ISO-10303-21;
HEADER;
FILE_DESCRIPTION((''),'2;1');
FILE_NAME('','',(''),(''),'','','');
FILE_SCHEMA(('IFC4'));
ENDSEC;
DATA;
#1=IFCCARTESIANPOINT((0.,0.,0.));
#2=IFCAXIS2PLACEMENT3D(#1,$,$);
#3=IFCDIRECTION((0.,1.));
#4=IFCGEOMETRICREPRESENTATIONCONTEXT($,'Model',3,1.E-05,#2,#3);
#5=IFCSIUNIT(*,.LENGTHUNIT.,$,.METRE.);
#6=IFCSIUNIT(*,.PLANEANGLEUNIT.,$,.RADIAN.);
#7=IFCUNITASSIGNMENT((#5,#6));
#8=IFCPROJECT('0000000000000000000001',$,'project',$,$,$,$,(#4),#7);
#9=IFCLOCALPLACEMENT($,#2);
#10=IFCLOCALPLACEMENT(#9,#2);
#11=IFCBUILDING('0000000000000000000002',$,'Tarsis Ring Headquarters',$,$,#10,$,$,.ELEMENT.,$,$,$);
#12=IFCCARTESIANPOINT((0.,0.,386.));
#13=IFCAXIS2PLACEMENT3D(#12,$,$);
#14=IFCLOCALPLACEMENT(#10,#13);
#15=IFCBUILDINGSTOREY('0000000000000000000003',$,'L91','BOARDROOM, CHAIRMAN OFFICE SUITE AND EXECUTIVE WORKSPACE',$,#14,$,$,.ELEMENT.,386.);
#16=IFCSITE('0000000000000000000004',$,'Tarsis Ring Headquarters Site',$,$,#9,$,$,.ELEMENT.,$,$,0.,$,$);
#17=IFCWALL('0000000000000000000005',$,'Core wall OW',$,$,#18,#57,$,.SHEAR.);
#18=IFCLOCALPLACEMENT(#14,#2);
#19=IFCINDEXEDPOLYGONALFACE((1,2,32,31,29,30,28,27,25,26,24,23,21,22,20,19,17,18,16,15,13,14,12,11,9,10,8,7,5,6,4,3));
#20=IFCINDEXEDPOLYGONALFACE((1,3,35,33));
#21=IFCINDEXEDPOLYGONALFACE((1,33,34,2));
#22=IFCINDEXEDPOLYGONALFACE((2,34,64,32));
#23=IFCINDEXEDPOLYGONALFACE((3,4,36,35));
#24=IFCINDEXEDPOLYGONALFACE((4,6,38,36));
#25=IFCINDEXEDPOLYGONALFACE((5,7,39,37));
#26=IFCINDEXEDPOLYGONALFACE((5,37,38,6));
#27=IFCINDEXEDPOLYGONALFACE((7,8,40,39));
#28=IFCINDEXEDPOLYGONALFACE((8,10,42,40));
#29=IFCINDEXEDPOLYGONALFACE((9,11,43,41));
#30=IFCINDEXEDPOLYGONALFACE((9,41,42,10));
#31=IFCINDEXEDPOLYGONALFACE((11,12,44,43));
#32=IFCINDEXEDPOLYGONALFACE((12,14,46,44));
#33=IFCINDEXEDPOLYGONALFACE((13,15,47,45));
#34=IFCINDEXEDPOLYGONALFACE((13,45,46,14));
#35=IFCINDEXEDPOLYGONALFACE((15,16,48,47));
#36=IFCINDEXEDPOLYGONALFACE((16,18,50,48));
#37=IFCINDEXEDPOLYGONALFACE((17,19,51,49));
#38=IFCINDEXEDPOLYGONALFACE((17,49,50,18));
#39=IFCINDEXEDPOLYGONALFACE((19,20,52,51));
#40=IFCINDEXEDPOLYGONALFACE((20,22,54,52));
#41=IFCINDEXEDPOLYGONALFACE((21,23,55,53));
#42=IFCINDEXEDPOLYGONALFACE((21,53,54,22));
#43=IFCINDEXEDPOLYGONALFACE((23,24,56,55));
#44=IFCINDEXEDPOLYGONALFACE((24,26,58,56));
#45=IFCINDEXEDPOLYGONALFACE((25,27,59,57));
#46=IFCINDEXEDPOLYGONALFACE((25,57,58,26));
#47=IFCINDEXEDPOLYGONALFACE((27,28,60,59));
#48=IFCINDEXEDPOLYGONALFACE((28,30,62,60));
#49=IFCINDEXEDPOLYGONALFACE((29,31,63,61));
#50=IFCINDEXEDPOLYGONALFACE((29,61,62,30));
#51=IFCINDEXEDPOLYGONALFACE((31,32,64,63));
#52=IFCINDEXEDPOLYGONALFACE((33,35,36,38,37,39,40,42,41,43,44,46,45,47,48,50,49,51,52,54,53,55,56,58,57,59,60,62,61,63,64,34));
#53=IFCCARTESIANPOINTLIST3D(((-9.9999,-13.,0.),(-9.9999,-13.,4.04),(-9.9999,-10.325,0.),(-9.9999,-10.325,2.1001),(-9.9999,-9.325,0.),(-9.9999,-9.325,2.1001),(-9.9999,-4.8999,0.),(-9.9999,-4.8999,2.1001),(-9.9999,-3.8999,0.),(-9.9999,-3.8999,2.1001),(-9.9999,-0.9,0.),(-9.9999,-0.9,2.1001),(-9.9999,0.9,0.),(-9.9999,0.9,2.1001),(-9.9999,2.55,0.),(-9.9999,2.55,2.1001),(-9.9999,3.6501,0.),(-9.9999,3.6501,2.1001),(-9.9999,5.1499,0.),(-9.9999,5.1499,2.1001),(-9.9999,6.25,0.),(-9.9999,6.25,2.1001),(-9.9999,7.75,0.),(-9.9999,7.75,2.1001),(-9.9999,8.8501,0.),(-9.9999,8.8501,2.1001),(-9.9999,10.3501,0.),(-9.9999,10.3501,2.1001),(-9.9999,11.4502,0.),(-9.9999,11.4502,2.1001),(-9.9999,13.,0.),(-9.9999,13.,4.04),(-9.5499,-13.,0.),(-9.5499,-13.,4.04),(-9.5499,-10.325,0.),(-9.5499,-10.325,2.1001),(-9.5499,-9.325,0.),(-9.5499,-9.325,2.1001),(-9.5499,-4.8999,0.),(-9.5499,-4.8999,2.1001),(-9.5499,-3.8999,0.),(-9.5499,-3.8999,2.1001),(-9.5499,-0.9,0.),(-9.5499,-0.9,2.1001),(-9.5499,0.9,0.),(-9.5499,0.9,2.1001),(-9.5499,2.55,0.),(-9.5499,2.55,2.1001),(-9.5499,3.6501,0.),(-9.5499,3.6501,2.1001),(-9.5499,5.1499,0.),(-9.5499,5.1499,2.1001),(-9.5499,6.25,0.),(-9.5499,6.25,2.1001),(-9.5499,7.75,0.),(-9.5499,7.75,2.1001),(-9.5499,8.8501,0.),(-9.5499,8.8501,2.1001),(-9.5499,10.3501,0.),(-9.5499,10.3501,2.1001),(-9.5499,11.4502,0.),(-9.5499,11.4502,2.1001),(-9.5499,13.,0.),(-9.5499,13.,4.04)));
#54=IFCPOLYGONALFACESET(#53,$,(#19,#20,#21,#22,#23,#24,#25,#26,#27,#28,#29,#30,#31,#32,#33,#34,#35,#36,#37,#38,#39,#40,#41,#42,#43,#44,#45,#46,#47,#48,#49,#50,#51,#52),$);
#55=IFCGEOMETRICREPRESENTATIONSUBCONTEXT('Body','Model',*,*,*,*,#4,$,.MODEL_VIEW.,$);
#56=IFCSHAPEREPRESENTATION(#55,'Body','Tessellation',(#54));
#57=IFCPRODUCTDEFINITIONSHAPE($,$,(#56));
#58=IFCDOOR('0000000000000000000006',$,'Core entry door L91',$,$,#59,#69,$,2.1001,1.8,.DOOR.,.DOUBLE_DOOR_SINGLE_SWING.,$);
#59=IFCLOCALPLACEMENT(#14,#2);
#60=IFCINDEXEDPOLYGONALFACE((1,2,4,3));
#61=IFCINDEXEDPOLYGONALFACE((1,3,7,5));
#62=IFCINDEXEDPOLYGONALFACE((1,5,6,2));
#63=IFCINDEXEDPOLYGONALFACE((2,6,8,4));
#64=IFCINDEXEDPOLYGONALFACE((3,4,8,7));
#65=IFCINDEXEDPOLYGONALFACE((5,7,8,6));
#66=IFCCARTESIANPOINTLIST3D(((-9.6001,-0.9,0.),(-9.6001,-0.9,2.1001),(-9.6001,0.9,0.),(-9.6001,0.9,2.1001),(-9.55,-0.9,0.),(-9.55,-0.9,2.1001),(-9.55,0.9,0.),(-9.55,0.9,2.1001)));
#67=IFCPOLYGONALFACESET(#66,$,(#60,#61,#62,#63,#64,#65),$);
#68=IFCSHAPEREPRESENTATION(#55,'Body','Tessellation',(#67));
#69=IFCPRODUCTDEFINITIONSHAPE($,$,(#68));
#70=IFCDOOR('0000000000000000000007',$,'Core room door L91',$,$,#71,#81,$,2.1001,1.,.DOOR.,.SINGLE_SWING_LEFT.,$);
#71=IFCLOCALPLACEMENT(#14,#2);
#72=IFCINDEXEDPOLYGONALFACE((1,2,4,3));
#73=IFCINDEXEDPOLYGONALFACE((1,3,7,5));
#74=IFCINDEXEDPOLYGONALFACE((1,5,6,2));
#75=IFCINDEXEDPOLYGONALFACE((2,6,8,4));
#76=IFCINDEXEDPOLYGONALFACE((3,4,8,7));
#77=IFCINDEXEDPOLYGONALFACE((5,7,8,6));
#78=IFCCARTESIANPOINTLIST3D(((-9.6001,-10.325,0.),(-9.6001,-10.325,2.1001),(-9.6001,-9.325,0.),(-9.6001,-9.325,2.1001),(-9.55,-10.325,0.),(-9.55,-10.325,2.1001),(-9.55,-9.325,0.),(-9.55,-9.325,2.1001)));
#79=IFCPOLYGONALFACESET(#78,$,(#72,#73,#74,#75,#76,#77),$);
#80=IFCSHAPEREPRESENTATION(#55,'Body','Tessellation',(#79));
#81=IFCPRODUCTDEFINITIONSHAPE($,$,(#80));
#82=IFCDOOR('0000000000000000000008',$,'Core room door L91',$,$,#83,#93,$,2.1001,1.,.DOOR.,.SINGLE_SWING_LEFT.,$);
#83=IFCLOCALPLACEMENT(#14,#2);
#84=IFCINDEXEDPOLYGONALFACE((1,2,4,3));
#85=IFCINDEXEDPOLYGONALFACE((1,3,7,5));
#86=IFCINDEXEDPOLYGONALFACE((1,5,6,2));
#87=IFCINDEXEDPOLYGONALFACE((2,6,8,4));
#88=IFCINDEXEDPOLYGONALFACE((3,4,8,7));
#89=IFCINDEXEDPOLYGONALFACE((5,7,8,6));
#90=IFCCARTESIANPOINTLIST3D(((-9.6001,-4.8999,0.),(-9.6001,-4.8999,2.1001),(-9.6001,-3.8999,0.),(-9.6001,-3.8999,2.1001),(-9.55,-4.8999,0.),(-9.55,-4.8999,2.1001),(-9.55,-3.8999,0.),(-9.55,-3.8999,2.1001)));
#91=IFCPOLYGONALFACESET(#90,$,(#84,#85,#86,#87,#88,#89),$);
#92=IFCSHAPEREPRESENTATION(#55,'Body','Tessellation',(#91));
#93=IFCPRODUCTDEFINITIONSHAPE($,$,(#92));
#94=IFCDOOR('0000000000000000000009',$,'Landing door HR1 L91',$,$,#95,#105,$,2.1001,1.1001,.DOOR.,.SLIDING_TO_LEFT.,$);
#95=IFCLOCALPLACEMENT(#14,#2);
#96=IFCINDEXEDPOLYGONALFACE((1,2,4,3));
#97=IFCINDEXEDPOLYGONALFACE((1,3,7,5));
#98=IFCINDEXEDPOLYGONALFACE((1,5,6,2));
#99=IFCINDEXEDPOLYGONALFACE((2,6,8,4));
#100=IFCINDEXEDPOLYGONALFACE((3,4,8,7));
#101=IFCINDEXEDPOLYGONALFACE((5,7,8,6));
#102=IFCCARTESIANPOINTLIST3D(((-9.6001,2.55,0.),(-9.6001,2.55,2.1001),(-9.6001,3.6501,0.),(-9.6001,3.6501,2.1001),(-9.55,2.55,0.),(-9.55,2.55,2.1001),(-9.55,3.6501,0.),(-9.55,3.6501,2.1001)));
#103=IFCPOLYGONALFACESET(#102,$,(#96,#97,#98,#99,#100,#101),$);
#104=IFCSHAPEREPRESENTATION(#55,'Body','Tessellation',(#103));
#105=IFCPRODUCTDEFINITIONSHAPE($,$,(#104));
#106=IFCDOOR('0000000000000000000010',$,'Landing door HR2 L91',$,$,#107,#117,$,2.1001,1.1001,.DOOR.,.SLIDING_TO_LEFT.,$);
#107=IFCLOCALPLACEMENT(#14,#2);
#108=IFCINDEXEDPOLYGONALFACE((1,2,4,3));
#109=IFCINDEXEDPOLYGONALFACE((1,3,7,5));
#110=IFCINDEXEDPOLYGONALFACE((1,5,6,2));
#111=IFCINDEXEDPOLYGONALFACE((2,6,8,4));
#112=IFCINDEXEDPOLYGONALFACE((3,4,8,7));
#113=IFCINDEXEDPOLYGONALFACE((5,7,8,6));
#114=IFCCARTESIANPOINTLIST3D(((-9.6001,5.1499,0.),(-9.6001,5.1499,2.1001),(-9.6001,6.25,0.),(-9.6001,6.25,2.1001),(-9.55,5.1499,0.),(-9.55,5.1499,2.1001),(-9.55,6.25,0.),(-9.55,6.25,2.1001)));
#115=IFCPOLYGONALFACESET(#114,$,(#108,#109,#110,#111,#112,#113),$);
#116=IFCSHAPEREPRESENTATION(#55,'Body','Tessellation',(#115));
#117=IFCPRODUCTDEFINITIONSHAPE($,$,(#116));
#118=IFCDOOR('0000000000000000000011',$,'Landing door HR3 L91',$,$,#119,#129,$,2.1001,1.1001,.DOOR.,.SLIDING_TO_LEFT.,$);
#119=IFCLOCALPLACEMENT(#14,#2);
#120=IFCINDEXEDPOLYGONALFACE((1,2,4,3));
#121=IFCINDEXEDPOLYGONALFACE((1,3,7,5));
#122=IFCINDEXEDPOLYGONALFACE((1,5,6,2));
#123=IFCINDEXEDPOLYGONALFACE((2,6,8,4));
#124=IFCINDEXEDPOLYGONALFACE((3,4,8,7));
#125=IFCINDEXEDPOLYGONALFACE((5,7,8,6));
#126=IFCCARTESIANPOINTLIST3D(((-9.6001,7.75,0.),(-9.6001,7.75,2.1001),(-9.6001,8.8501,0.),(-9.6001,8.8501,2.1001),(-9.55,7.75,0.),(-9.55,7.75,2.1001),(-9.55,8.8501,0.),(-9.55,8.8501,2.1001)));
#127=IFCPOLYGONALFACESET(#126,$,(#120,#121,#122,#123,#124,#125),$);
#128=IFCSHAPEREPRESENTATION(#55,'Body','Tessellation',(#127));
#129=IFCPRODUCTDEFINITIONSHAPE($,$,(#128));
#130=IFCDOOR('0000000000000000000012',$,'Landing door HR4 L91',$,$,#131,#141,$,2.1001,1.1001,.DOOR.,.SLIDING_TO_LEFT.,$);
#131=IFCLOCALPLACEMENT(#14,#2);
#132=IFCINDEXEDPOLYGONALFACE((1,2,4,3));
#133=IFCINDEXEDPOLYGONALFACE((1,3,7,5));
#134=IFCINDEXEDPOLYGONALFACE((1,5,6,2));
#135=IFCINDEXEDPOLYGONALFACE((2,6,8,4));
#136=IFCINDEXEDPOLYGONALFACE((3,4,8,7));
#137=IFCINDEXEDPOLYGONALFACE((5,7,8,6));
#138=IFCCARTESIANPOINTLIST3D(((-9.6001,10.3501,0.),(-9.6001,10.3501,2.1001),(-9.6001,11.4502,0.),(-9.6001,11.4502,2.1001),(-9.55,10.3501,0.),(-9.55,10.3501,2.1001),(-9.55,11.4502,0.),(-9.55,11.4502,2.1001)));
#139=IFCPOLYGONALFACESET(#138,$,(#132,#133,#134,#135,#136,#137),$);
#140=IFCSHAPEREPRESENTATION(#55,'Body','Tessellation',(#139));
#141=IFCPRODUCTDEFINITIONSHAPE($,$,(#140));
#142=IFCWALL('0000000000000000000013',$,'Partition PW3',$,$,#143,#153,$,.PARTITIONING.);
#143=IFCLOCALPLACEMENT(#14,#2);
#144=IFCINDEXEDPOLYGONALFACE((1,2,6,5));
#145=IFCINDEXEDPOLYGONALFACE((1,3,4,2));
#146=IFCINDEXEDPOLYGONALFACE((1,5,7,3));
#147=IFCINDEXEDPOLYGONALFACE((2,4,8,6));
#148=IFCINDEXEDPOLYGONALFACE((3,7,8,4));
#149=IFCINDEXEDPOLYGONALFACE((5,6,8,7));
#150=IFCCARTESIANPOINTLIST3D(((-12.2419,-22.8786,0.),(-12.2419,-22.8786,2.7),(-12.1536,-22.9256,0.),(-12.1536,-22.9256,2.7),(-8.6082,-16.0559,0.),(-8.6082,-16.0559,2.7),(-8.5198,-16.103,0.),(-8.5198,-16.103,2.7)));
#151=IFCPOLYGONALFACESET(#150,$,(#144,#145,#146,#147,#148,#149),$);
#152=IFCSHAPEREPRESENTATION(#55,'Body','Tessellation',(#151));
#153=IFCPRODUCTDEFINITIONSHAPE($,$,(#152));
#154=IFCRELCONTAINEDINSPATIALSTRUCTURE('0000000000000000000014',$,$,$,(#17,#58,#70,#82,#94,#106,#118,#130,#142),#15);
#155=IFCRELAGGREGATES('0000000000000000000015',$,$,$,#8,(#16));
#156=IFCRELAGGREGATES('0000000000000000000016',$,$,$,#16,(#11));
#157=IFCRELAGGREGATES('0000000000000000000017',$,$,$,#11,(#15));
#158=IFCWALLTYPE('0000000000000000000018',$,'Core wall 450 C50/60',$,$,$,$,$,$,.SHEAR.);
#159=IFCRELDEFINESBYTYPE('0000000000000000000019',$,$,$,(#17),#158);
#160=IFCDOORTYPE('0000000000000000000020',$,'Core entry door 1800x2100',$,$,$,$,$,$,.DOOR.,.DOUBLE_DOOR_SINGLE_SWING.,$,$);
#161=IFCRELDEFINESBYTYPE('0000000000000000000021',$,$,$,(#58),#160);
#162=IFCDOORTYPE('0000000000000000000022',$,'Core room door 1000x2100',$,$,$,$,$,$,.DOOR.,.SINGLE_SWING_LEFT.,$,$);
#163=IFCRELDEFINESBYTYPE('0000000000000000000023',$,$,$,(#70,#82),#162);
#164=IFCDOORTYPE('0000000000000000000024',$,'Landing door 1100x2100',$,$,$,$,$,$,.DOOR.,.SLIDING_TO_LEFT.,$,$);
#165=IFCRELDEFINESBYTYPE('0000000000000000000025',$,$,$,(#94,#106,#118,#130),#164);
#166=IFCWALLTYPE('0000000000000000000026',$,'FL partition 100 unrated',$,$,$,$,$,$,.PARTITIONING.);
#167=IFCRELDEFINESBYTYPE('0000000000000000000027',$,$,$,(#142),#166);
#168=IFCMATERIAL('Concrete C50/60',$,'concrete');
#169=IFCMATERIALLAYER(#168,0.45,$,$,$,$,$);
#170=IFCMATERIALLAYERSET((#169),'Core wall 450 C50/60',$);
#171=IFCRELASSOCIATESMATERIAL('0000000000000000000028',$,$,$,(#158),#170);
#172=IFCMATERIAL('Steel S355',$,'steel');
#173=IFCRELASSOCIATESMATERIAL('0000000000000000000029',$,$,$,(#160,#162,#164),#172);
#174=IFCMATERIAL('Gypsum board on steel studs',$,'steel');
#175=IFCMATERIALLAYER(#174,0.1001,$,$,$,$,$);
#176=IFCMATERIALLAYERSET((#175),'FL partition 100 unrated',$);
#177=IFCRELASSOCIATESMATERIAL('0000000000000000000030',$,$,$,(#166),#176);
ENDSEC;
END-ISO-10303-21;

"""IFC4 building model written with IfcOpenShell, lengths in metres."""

from ifc_helpers import new_model, si_unit, direction, frame, frame_2d, origin, place, context, subcontext, project, spatial, rectangle, extrude, material, layer, layer_set, type_object, element, fill, save


model = new_model("IFC4")

# Units and contexts
model_context = context("Model", 3, precision=1e-05, world=origin(), true_north=direction((0.0, 1.0)))
body_context = subcontext(model_context, "Body", "Model", "MODEL_VIEW")
ifc_project = project(units=[si_unit("LENGTHUNIT", "METRE"), si_unit("PLANEANGLEUNIT", "RADIAN")], contexts=[model_context])

# Site, building, storey
site_placement = place(None, origin())
site = spatial("IfcSite", under=ifc_project, at=site_placement, Name="Tarsis Ring Headquarters Site", CompositionType="ELEMENT", RefElevation=0.0)
building_placement = place(site_placement, origin())
building = spatial("IfcBuilding", under=site, at=building_placement, Name="Tarsis Ring Headquarters", CompositionType="ELEMENT")
storey_placement = place(building_placement, frame((0.0, 0.0, 386.0)))
storey = spatial("IfcBuildingStorey", under=building, at=storey_placement, Name="L91", Description="BOARDROOM, CHAIRMAN OFFICE SUITE AND EXECUTIVE WORKSPACE", CompositionType="ELEMENT", Elevation=386.0)

# Wall, openings, doors
ifc_material_1 = material(Name="Concrete C50/60", Category="concrete")
ifc_layer_1 = layer(ifc_material_1, 0.45)
ifc_layer_set_1 = layer_set([ifc_layer_1], Name="Core wall 450 C50/60")
wall_type_1 = type_object("IfcWallType", Name="Core wall 450 C50/60", PredefinedType="SHEAR", material=ifc_layer_set_1)
wall_1_placement = place(storey_placement, frame((-9.7749, -13.0, 0.0), z_axis=(0.0, 0.0, 1.0), x_axis=(0.0, 1.0, 0.0)))
wall_1 = element("IfcWall", 1, at=wall_1_placement, inside=storey, type_object=wall_type_1, Name="Core wall OW", PredefinedType="SHEAR", context=body_context, shape_type="SweptSolid", body=[
    extrude(rectangle(XDim=26.0, YDim=0.45, at=frame_2d((13.0, 0.0))), origin(), (0.0, 0.0, 1.0), 4.04),
])
opening_1_placement = place(wall_1_placement, frame((2.675, 0.0, 0.0)))
opening_1 = element("IfcOpeningElement", 2, at=opening_1_placement, cuts=wall_1, PredefinedType="OPENING", context=body_context, shape_type="SweptSolid", body=[
    extrude(rectangle(XDim=1.0, YDim=2.1001, at=frame_2d((0.5, 1.05))), frame((0.0, 0.2349, 0.0), z_axis=(0.0, -1.0, 0.0), x_axis=(1.0, 0.0, 0.0)), (0.0, 0.0, 1.0), 0.47),
])
opening_2_placement = place(wall_1_placement, frame((8.1001, 0.0, 0.0)))
opening_2 = element("IfcOpeningElement", 3, at=opening_2_placement, cuts=wall_1, PredefinedType="OPENING", context=body_context, shape_type="SweptSolid", body=[
    extrude(rectangle(XDim=1.0, YDim=2.1001, at=frame_2d((0.5, 1.05))), frame((0.0, 0.2349, 0.0), z_axis=(0.0, -1.0, 0.0), x_axis=(1.0, 0.0, 0.0)), (0.0, 0.0, 1.0), 0.47),
])
opening_3_placement = place(wall_1_placement, frame((12.1001, 0.0, 0.0)))
opening_3 = element("IfcOpeningElement", 4, at=opening_3_placement, cuts=wall_1, PredefinedType="OPENING", context=body_context, shape_type="SweptSolid", body=[
    extrude(rectangle(XDim=1.8, YDim=2.1001, at=frame_2d((0.8999, 1.05))), frame((0.0, 0.2349, 0.0), z_axis=(0.0, -1.0, 0.0), x_axis=(1.0, 0.0, 0.0)), (0.0, 0.0, 1.0), 0.47),
])
opening_4_placement = place(wall_1_placement, frame((15.55, 0.0, 0.0)))
opening_4 = element("IfcOpeningElement", 5, at=opening_4_placement, cuts=wall_1, PredefinedType="OPENING", context=body_context, shape_type="SweptSolid", body=[
    extrude(rectangle(XDim=1.1001, YDim=2.1001, at=frame_2d((0.55, 1.05))), frame((0.0, 0.2349, 0.0), z_axis=(0.0, -1.0, 0.0), x_axis=(1.0, 0.0, 0.0)), (0.0, 0.0, 1.0), 0.47),
])
opening_5_placement = place(wall_1_placement, frame((18.1499, 0.0, 0.0)))
opening_5 = element("IfcOpeningElement", 6, at=opening_5_placement, cuts=wall_1, PredefinedType="OPENING", context=body_context, shape_type="SweptSolid", body=[
    extrude(rectangle(XDim=1.1001, YDim=2.1001, at=frame_2d((0.55, 1.05))), frame((0.0, 0.2349, 0.0), z_axis=(0.0, -1.0, 0.0), x_axis=(1.0, 0.0, 0.0)), (0.0, 0.0, 1.0), 0.47),
])
opening_6_placement = place(wall_1_placement, frame((20.75, 0.0, 0.0)))
opening_6 = element("IfcOpeningElement", 7, at=opening_6_placement, cuts=wall_1, PredefinedType="OPENING", context=body_context, shape_type="SweptSolid", body=[
    extrude(rectangle(XDim=1.1001, YDim=2.1001, at=frame_2d((0.55, 1.05))), frame((0.0, 0.2349, 0.0), z_axis=(0.0, -1.0, 0.0), x_axis=(1.0, 0.0, 0.0)), (0.0, 0.0, 1.0), 0.47),
])
opening_7_placement = place(wall_1_placement, frame((23.3501, 0.0, 0.0)))
opening_7 = element("IfcOpeningElement", 8, at=opening_7_placement, cuts=wall_1, PredefinedType="OPENING", context=body_context, shape_type="SweptSolid", body=[
    extrude(rectangle(XDim=1.1001, YDim=2.1001, at=frame_2d((0.55, 1.05))), frame((0.0, 0.2349, 0.0), z_axis=(0.0, -1.0, 0.0), x_axis=(1.0, 0.0, 0.0)), (0.0, 0.0, 1.0), 0.47),
])
ifc_material_2 = material(Name="Steel S355", Category="steel")
door_type_1 = type_object("IfcDoorType", Name="Core entry door 1800x2100", OperationType="DOUBLE_DOOR_SINGLE_SWING", PredefinedType="DOOR", material=ifc_material_2)
door_1_placement = place(opening_3_placement, origin())
door_1 = element("IfcDoor", 9, at=door_1_placement, inside=storey, type_object=door_type_1, Name="Core entry door L91", OperationType="DOUBLE_DOOR_SINGLE_SWING", OverallHeight=2.1001, OverallWidth=1.8, PredefinedType="DOOR", context=body_context, shape_type="SweptSolid", body=[
    extrude(rectangle(XDim=1.8, YDim=2.1001, at=frame_2d((0.8999, 1.05))), frame((0.0, -0.1748, 0.0), z_axis=(0.0, -1.0, 0.0), x_axis=(1.0, 0.0, 0.0)), (0.0, 0.0, 1.0), 0.05),
])
fill(opening_3, door_1)
door_type_2 = type_object("IfcDoorType", Name="Core room door 1000x2100", OperationType="SINGLE_SWING_LEFT", PredefinedType="DOOR", material=ifc_material_2)
door_2_placement = place(opening_1_placement, origin())
door_2 = element("IfcDoor", 10, at=door_2_placement, inside=storey, type_object=door_type_2, Name="Core room door L91", OperationType="SINGLE_SWING_LEFT", OverallHeight=2.1001, OverallWidth=1.0, PredefinedType="DOOR", context=body_context, shape_type="SweptSolid", body=[
    extrude(rectangle(XDim=1.0, YDim=2.1001, at=frame_2d((0.5, 1.05))), frame((0.0, -0.1748, 0.0), z_axis=(0.0, -1.0, 0.0), x_axis=(1.0, 0.0, 0.0)), (0.0, 0.0, 1.0), 0.05),
])
fill(opening_1, door_2)
door_3_placement = place(opening_2_placement, origin())
door_3 = element("IfcDoor", 11, at=door_3_placement, inside=storey, type_object=door_type_2, Name="Core room door L91", OperationType="SINGLE_SWING_LEFT", OverallHeight=2.1001, OverallWidth=1.0, PredefinedType="DOOR", context=body_context, shape_type="SweptSolid", body=[
    extrude(rectangle(XDim=1.0, YDim=2.1001, at=frame_2d((0.5, 1.05))), frame((0.0, -0.1748, 0.0), z_axis=(0.0, -1.0, 0.0), x_axis=(1.0, 0.0, 0.0)), (0.0, 0.0, 1.0), 0.05),
])
fill(opening_2, door_3)
door_type_3 = type_object("IfcDoorType", Name="Landing door 1100x2100", OperationType="SLIDING_TO_LEFT", PredefinedType="DOOR", material=ifc_material_2)
door_4_placement = place(opening_4_placement, origin())
door_4 = element("IfcDoor", 12, at=door_4_placement, inside=storey, type_object=door_type_3, Name="Landing door HR1 L91", OperationType="SLIDING_TO_LEFT", OverallHeight=2.1001, OverallWidth=1.1001, PredefinedType="DOOR", context=body_context, shape_type="SweptSolid", body=[
    extrude(rectangle(XDim=1.1001, YDim=2.1001, at=frame_2d((0.55, 1.05))), frame((0.0, -0.1748, 0.0), z_axis=(0.0, -1.0, 0.0), x_axis=(1.0, 0.0, 0.0)), (0.0, 0.0, 1.0), 0.05),
])
fill(opening_4, door_4)
door_5_placement = place(opening_5_placement, origin())
door_5 = element("IfcDoor", 13, at=door_5_placement, inside=storey, type_object=door_type_3, Name="Landing door HR2 L91", OperationType="SLIDING_TO_LEFT", OverallHeight=2.1001, OverallWidth=1.1001, PredefinedType="DOOR", context=body_context, shape_type="SweptSolid", body=[
    extrude(rectangle(XDim=1.1001, YDim=2.1001, at=frame_2d((0.55, 1.05))), frame((0.0, -0.1748, 0.0), z_axis=(0.0, -1.0, 0.0), x_axis=(1.0, 0.0, 0.0)), (0.0, 0.0, 1.0), 0.05),
])
fill(opening_5, door_5)
door_6_placement = place(opening_6_placement, origin())
door_6 = element("IfcDoor", 14, at=door_6_placement, inside=storey, type_object=door_type_3, Name="Landing door HR3 L91", OperationType="SLIDING_TO_LEFT", OverallHeight=2.1001, OverallWidth=1.1001, PredefinedType="DOOR", context=body_context, shape_type="SweptSolid", body=[
    extrude(rectangle(XDim=1.1001, YDim=2.1001, at=frame_2d((0.55, 1.05))), frame((0.0, -0.1748, 0.0), z_axis=(0.0, -1.0, 0.0), x_axis=(1.0, 0.0, 0.0)), (0.0, 0.0, 1.0), 0.05),
])
fill(opening_6, door_6)
door_7_placement = place(opening_7_placement, origin())
door_7 = element("IfcDoor", 15, at=door_7_placement, inside=storey, type_object=door_type_3, Name="Landing door HR4 L91", OperationType="SLIDING_TO_LEFT", OverallHeight=2.1001, OverallWidth=1.1001, PredefinedType="DOOR", context=body_context, shape_type="SweptSolid", body=[
    extrude(rectangle(XDim=1.1001, YDim=2.1001, at=frame_2d((0.55, 1.05))), frame((0.0, -0.1748, 0.0), z_axis=(0.0, -1.0, 0.0), x_axis=(1.0, 0.0, 0.0)), (0.0, 0.0, 1.0), 0.05),
])
fill(opening_7, door_7)

# Wall
ifc_material_3 = material(Name="Gypsum board on steel studs", Category="steel")
ifc_layer_2 = layer(ifc_material_3, 0.1001)
ifc_layer_set_2 = layer_set([ifc_layer_2], Name="FL partition 100 unrated")
wall_type_2 = type_object("IfcWallType", Name="FL partition 100 unrated", PredefinedType="PARTITIONING", material=ifc_layer_set_2)
wall_2_placement = place(storey_placement, frame((-12.1978, -22.9021, 0.0), z_axis=(0.0, 0.0, 1.0), x_axis=(0.470083, 0.882622, 0.0)))
element("IfcWall", 16, at=wall_2_placement, inside=storey, type_object=wall_type_2, Name="Partition PW3", PredefinedType="PARTITIONING", context=body_context, shape_type="SweptSolid", body=[
    extrude(rectangle(XDim=7.73, YDim=0.1001, at=frame_2d((3.865, 0.0))), origin(), (0.0, 0.0, 1.0), 2.7),
])

save(model, "model.ifc")
